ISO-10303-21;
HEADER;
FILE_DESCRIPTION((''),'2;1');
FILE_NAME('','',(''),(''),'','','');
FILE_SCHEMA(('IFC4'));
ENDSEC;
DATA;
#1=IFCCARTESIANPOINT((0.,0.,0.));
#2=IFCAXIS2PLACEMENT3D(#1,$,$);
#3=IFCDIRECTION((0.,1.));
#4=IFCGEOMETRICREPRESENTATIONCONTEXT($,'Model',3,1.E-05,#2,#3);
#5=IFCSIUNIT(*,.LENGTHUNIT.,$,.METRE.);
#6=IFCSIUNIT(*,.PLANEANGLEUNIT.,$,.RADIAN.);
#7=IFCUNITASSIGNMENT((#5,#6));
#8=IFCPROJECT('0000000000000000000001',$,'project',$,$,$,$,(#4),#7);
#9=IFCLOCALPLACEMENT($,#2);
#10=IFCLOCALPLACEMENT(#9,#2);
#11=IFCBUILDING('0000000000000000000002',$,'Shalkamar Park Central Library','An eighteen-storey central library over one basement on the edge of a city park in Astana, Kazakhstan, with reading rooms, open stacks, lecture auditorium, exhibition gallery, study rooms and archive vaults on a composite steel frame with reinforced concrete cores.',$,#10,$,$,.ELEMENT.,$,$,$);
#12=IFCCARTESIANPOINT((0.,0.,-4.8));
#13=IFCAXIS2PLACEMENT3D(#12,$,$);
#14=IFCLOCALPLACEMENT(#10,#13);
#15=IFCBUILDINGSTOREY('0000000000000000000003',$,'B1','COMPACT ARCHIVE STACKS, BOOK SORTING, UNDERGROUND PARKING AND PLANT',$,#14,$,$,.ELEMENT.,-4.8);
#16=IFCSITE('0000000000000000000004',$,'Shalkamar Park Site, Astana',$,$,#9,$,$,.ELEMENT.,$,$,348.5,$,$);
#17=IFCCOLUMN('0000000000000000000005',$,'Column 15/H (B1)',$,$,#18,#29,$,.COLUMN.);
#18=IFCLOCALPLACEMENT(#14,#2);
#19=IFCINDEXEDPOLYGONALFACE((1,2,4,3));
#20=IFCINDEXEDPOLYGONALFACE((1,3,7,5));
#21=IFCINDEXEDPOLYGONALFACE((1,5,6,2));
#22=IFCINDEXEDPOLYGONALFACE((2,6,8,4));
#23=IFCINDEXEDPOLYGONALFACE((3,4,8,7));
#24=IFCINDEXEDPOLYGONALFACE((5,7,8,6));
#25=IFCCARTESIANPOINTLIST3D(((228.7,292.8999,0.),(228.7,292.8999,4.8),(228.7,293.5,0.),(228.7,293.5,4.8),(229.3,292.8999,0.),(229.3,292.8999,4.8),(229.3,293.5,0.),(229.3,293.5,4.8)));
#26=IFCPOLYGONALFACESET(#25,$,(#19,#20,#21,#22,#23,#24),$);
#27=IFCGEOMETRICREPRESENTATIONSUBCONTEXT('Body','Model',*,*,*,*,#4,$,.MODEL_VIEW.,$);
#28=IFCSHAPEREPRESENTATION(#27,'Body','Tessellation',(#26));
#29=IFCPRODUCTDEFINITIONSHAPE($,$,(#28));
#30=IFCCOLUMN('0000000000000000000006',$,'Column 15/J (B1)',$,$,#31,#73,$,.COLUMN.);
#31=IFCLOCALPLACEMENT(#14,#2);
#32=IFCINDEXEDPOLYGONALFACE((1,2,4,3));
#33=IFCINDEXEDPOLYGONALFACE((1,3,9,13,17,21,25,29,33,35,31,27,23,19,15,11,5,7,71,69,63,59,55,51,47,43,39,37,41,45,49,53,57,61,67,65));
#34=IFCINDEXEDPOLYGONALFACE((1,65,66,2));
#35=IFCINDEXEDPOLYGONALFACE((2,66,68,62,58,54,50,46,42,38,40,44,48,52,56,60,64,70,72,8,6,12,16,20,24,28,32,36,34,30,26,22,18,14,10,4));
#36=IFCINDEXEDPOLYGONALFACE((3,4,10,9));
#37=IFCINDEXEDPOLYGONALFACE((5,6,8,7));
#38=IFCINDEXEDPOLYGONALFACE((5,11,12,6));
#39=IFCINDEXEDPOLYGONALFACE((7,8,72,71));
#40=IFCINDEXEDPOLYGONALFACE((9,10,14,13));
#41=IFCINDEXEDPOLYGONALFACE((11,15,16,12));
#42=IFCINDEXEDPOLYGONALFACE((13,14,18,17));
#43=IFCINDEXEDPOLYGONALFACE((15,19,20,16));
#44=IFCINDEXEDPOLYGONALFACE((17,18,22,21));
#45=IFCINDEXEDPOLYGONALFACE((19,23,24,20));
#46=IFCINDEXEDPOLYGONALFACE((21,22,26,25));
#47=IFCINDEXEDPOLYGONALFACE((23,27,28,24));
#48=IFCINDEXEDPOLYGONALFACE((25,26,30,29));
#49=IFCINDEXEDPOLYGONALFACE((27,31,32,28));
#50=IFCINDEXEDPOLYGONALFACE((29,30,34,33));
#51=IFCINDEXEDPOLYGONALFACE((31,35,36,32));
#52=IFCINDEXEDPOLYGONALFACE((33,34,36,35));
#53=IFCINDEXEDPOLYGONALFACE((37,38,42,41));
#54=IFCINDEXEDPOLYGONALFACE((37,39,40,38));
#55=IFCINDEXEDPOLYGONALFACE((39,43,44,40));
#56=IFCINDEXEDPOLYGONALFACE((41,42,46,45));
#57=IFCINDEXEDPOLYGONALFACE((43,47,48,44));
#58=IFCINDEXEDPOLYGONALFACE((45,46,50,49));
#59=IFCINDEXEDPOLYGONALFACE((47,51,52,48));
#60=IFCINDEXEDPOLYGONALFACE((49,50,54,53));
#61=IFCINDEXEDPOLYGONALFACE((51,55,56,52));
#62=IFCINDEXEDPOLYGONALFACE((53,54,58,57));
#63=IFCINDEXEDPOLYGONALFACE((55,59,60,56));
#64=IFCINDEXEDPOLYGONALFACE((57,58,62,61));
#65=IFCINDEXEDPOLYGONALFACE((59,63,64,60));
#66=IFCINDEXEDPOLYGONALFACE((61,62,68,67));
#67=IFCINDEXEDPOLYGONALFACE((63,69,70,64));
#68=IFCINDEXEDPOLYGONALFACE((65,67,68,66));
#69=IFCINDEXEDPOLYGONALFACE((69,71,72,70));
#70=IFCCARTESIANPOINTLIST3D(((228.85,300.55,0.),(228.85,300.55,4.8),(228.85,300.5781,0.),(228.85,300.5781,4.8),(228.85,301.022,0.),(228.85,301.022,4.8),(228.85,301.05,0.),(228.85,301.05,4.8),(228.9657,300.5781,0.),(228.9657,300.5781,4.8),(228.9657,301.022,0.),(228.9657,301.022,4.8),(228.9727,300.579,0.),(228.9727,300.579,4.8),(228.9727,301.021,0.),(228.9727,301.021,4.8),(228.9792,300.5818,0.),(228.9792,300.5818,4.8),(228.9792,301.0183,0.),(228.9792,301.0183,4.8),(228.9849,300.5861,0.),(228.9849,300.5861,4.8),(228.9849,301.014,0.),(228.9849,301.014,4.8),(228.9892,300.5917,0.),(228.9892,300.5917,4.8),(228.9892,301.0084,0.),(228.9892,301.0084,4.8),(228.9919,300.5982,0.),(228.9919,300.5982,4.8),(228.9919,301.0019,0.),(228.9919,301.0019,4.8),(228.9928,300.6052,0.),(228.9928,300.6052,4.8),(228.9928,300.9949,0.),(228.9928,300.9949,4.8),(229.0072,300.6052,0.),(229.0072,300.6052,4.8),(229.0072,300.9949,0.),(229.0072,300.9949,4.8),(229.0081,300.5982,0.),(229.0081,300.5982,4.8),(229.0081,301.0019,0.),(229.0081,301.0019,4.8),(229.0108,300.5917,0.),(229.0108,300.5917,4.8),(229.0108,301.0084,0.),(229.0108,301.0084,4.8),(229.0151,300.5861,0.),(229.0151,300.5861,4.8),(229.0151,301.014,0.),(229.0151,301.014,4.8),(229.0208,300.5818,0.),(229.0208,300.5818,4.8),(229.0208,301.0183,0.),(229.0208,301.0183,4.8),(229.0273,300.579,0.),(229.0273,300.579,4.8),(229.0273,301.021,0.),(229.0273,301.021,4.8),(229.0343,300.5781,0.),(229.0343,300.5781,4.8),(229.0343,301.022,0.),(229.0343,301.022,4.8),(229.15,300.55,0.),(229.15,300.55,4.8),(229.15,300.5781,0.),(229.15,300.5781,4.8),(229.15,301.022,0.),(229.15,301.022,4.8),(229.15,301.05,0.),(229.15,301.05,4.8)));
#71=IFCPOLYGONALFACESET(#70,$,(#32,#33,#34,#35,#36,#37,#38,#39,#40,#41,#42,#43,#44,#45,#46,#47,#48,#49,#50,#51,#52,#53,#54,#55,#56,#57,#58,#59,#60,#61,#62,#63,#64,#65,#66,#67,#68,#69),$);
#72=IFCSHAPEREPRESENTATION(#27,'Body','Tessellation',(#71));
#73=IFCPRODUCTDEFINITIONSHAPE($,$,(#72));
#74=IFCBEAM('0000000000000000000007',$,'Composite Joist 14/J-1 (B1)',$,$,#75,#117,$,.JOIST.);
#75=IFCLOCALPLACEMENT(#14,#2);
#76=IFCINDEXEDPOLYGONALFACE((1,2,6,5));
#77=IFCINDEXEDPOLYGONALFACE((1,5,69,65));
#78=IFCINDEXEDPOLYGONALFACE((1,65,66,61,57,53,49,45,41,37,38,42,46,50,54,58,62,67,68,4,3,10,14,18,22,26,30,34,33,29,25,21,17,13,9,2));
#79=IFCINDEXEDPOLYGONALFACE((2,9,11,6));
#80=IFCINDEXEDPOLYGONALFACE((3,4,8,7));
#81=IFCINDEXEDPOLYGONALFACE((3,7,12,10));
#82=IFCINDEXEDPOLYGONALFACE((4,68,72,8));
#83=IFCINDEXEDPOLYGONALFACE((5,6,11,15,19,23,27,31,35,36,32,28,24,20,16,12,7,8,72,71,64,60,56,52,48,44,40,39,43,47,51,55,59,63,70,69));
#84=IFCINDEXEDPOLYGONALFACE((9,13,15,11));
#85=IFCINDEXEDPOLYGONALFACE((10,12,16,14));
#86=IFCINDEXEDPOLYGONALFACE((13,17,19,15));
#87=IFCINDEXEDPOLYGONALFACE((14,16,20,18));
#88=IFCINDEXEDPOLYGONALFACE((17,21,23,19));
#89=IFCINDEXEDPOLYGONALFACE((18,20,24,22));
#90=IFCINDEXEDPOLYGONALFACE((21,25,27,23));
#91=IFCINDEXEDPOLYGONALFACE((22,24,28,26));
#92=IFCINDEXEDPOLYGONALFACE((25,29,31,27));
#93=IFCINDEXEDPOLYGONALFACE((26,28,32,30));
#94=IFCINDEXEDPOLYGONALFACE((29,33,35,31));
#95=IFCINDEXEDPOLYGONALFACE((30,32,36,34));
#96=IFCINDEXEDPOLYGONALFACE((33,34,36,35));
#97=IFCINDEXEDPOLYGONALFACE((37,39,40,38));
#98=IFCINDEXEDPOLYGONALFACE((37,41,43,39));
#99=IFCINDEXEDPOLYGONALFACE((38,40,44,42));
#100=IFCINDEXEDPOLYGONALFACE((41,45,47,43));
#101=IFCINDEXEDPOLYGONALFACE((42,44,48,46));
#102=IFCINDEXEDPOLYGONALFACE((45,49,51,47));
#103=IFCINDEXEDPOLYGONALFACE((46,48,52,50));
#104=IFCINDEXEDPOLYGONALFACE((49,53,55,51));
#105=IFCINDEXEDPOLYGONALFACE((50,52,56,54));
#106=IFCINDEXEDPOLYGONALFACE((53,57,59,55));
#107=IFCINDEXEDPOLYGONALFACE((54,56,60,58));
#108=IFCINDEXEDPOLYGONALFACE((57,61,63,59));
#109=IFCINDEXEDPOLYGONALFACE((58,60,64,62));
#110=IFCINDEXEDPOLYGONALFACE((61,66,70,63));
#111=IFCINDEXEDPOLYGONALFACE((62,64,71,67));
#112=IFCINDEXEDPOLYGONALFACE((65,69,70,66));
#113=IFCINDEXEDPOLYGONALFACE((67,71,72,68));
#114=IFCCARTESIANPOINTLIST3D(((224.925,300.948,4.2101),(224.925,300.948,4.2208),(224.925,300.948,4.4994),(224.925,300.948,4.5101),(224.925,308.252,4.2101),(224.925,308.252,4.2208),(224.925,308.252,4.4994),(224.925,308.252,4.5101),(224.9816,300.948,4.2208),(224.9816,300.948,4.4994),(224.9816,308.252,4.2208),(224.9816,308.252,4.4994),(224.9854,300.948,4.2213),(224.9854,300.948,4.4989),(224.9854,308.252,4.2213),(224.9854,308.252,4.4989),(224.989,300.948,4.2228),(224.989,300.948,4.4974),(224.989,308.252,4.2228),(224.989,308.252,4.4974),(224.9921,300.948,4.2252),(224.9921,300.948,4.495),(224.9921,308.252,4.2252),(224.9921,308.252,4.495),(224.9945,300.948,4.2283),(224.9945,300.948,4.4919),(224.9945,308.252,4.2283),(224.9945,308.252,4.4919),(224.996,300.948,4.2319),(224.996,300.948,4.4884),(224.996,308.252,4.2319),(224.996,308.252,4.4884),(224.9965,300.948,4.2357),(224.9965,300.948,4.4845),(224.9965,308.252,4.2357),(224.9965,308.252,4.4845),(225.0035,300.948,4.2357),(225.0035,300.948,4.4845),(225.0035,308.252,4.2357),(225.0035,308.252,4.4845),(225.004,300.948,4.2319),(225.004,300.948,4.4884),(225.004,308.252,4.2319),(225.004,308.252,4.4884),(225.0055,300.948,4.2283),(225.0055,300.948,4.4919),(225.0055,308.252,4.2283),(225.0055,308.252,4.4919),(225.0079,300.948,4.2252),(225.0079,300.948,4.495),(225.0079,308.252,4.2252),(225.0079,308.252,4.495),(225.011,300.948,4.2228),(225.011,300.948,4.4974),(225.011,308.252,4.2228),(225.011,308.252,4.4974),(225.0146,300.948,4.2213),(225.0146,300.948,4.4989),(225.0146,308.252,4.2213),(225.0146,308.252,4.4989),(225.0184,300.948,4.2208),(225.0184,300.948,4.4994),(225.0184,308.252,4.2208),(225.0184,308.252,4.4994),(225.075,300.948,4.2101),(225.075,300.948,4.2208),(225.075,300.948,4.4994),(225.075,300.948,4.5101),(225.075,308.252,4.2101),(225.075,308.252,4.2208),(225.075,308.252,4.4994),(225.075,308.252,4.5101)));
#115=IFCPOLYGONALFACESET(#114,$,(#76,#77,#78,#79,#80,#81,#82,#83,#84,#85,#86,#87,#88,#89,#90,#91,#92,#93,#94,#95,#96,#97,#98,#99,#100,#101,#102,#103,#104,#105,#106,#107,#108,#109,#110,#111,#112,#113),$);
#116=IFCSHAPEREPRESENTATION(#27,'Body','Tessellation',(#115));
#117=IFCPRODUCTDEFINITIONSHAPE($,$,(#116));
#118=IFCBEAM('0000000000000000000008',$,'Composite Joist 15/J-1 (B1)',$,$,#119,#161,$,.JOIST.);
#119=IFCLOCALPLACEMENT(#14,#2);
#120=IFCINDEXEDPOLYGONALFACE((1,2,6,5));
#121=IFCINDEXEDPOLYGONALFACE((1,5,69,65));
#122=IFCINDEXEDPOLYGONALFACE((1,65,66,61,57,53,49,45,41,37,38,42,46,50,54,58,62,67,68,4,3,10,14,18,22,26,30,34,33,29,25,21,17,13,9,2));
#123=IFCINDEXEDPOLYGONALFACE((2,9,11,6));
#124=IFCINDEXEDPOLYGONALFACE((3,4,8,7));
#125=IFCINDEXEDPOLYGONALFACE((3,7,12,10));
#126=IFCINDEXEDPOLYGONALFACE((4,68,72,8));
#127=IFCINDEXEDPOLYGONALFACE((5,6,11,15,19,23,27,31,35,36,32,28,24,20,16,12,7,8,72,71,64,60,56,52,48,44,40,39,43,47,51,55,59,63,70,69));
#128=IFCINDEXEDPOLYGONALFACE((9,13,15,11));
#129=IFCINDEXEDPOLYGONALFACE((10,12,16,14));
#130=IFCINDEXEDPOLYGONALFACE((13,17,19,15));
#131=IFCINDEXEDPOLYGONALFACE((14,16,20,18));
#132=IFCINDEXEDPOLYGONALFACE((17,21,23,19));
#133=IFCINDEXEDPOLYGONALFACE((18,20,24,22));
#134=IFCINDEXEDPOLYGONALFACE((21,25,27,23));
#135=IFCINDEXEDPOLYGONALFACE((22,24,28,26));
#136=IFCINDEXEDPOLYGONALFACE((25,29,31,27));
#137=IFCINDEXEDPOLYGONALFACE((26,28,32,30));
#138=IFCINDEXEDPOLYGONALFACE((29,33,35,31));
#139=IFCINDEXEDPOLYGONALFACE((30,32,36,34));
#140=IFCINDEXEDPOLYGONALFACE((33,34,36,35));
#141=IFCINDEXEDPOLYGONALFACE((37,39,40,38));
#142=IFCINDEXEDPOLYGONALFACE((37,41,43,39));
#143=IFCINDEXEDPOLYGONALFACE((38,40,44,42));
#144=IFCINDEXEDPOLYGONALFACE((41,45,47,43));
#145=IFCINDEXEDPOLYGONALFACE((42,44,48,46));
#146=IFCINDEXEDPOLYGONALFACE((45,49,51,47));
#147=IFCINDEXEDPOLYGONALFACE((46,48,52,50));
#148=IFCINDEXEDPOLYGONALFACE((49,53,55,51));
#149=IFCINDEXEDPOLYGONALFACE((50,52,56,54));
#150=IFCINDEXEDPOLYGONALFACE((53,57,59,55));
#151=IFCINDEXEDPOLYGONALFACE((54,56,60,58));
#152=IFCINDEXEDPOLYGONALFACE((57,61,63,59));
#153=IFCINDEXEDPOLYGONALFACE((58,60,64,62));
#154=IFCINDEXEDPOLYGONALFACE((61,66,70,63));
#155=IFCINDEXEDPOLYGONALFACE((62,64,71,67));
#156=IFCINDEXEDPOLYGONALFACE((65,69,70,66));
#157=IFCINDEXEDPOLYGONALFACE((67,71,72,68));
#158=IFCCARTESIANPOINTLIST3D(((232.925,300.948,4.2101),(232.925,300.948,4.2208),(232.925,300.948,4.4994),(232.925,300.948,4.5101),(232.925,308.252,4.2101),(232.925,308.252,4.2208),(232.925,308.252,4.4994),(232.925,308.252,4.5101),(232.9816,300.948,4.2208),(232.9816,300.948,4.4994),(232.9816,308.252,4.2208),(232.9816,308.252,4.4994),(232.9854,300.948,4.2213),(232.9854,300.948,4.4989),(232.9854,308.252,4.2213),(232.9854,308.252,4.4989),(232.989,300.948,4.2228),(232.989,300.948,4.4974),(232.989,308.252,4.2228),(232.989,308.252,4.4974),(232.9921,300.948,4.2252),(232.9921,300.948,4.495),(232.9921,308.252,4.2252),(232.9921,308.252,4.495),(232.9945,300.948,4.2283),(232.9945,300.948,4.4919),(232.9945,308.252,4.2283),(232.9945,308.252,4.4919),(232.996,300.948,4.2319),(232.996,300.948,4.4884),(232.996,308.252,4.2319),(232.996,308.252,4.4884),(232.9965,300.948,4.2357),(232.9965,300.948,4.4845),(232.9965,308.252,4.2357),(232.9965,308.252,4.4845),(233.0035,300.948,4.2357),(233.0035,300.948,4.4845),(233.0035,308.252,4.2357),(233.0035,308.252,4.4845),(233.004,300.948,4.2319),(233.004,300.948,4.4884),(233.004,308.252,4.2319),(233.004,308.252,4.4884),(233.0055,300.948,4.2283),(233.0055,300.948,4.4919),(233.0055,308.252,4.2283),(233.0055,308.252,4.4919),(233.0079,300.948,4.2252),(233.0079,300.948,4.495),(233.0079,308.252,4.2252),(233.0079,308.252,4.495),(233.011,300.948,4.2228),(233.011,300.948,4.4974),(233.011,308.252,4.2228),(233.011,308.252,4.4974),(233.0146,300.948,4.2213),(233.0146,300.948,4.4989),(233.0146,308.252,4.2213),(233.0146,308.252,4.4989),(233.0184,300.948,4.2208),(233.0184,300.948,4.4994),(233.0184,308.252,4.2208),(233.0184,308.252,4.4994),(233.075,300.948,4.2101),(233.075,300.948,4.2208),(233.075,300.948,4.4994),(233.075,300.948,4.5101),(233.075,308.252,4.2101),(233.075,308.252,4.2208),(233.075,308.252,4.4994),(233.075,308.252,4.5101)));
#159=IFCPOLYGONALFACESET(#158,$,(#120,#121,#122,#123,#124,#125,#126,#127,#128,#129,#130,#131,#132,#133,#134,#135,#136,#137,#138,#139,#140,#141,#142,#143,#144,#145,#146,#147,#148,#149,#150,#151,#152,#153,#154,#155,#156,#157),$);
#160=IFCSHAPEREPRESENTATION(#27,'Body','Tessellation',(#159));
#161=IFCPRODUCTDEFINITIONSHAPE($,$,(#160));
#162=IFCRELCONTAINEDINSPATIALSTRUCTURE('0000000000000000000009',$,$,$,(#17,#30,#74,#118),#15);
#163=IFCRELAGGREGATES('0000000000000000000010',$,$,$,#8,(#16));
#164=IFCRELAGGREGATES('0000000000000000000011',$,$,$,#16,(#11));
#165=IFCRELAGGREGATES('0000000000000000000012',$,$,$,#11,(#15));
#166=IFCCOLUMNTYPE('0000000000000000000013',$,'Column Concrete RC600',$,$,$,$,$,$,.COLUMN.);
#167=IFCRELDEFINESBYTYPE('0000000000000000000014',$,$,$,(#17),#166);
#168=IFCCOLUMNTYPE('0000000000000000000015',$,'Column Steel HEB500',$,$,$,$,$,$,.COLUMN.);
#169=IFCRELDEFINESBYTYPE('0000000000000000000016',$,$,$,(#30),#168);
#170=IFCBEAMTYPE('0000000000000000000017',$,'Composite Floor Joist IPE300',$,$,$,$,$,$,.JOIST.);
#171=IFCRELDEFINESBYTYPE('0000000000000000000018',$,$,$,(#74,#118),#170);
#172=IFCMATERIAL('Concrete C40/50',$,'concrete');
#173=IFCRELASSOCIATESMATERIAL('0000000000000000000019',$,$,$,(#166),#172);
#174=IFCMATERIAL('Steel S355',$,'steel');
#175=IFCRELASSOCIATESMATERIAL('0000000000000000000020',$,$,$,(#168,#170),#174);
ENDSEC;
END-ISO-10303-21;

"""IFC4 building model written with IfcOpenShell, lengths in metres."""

from ifc_helpers import new_model, si_unit, direction, frame, origin, origin_2d, place, context, subcontext, project, spatial, rectangle, i_section, extrude, material, material_profile, profile_set, type_object, element, save


model = new_model("IFC4")

# Units and contexts
model_context = context("Model", 3, precision=1e-05, world=origin(), true_north=direction((0.0, 1.0)))
body_context = subcontext(model_context, "Body", "Model", "MODEL_VIEW")
ifc_project = project(units=[si_unit("LENGTHUNIT", "METRE"), si_unit("PLANEANGLEUNIT", "RADIAN")], contexts=[model_context])

# Site, building, storey
site_placement = place(None, origin())
site = spatial("IfcSite", under=ifc_project, at=site_placement, Name="Shalkamar Park Site, Astana", CompositionType="ELEMENT", RefElevation=348.5)
building_placement = place(site_placement, origin())
building = spatial("IfcBuilding", under=site, at=building_placement, Name="Shalkamar Park Central Library", Description="An eighteen-storey central library over one basement on the edge of a city park in Astana, Kazakhstan, with reading rooms, open stacks, lecture auditorium, exhibition gallery, study rooms and archive vaults on a composite steel frame with reinforced concrete cores.", CompositionType="ELEMENT")
storey_placement = place(building_placement, frame((0.0, 0.0, -4.8)))
storey = spatial("IfcBuildingStorey", under=building, at=storey_placement, Name="B1", Description="COMPACT ARCHIVE STACKS, BOOK SORTING, UNDERGROUND PARKING AND PLANT", CompositionType="ELEMENT", Elevation=-4.8)

# Columns
ifc_material_1 = material(Name="Concrete C40/50", Category="concrete")
ifc_material_profile_1 = material_profile(ifc_material_1, rectangle(XDim=0.6001, YDim=0.6001, at=origin_2d()), Name="RC 600x600")
ifc_profile_set_1 = profile_set([ifc_material_profile_1], Name="Concrete C40/50")
column_type_1 = type_object("IfcColumnType", Name="Column Concrete RC600", PredefinedType="COLUMN", material=ifc_profile_set_1)
column_1_placement = place(storey_placement, frame((229.0, 293.2, 0.0), z_axis=(0.0, 0.0, 1.0), x_axis=(1.0, 0.0, 0.0)))
element("IfcColumn", 1, at=column_1_placement, inside=storey, type_object=column_type_1, Name="Column 15/H (B1)", PredefinedType="COLUMN", context=body_context, shape_type="SweptSolid", body=[
    extrude(rectangle(XDim=0.6001, YDim=0.6001, at=origin_2d()), origin(), (0.0, 0.0, 1.0), 4.8),
])
ifc_material_2 = material(Name="Steel S355", Category="steel")
ifc_material_profile_2 = material_profile(ifc_material_2, i_section(OverallWidth=0.3, OverallDepth=0.5, WebThickness=0.0144, FlangeThickness=0.0281, FilletRadius=0.0271, at=origin_2d()), Name="HEB 500")
ifc_profile_set_2 = profile_set([ifc_material_profile_2], Name="Steel S355")
column_type_2 = type_object("IfcColumnType", Name="Column Steel HEB500", PredefinedType="COLUMN", material=ifc_profile_set_2)
column_2_placement = place(storey_placement, frame((229.0, 300.8, 0.0), z_axis=(0.0, 0.0, 1.0), x_axis=(1.0, 0.0, 0.0)))
element("IfcColumn", 2, at=column_2_placement, inside=storey, type_object=column_type_2, Name="Column 15/J (B1)", PredefinedType="COLUMN", context=body_context, shape_type="SweptSolid", body=[
    extrude(i_section(OverallWidth=0.3, OverallDepth=0.5, WebThickness=0.0144, FlangeThickness=0.0281, FilletRadius=0.0271, at=origin_2d()), origin(), (0.0, 0.0, 1.0), 4.8),
])

# Beams
ifc_material_profile_3 = material_profile(ifc_material_2, i_section(OverallWidth=0.1499, OverallDepth=0.3, WebThickness=0.0071, FlangeThickness=0.0107, FilletRadius=0.0149, at=origin_2d()), Name="IPE 300")
ifc_profile_set_3 = profile_set([ifc_material_profile_3], Name="Steel S355")
beam_type_1 = type_object("IfcBeamType", Name="Composite Floor Joist IPE300", PredefinedType="JOIST", material=ifc_profile_set_3)
for number, where, z_axis, x_axis, name in (
    (3, (225.0, 300.948, 4.3601), (0.0, 1.0, 0.0), (-1.0, 0.0, 0.0), "Composite Joist 14/J-1 (B1)"),
    (4, (233.0, 300.948, 4.3601), (0.0, 1.0, 0.0), (-1.0, 0.0, 0.0), "Composite Joist 15/J-1 (B1)"),
):
    element("IfcBeam", number, at=place(storey_placement, frame(where, z_axis=z_axis, x_axis=x_axis)), inside=storey, type_object=beam_type_1, Name=name, PredefinedType="JOIST", context=body_context, shape_type="SweptSolid", body=[
        extrude(i_section(OverallWidth=0.1499, OverallDepth=0.3, WebThickness=0.0071, FlangeThickness=0.0107, FilletRadius=0.0149, at=origin_2d()), origin(), (0.0, 0.0, 1.0), 7.304),
    ])

save(model, "model.ifc")
